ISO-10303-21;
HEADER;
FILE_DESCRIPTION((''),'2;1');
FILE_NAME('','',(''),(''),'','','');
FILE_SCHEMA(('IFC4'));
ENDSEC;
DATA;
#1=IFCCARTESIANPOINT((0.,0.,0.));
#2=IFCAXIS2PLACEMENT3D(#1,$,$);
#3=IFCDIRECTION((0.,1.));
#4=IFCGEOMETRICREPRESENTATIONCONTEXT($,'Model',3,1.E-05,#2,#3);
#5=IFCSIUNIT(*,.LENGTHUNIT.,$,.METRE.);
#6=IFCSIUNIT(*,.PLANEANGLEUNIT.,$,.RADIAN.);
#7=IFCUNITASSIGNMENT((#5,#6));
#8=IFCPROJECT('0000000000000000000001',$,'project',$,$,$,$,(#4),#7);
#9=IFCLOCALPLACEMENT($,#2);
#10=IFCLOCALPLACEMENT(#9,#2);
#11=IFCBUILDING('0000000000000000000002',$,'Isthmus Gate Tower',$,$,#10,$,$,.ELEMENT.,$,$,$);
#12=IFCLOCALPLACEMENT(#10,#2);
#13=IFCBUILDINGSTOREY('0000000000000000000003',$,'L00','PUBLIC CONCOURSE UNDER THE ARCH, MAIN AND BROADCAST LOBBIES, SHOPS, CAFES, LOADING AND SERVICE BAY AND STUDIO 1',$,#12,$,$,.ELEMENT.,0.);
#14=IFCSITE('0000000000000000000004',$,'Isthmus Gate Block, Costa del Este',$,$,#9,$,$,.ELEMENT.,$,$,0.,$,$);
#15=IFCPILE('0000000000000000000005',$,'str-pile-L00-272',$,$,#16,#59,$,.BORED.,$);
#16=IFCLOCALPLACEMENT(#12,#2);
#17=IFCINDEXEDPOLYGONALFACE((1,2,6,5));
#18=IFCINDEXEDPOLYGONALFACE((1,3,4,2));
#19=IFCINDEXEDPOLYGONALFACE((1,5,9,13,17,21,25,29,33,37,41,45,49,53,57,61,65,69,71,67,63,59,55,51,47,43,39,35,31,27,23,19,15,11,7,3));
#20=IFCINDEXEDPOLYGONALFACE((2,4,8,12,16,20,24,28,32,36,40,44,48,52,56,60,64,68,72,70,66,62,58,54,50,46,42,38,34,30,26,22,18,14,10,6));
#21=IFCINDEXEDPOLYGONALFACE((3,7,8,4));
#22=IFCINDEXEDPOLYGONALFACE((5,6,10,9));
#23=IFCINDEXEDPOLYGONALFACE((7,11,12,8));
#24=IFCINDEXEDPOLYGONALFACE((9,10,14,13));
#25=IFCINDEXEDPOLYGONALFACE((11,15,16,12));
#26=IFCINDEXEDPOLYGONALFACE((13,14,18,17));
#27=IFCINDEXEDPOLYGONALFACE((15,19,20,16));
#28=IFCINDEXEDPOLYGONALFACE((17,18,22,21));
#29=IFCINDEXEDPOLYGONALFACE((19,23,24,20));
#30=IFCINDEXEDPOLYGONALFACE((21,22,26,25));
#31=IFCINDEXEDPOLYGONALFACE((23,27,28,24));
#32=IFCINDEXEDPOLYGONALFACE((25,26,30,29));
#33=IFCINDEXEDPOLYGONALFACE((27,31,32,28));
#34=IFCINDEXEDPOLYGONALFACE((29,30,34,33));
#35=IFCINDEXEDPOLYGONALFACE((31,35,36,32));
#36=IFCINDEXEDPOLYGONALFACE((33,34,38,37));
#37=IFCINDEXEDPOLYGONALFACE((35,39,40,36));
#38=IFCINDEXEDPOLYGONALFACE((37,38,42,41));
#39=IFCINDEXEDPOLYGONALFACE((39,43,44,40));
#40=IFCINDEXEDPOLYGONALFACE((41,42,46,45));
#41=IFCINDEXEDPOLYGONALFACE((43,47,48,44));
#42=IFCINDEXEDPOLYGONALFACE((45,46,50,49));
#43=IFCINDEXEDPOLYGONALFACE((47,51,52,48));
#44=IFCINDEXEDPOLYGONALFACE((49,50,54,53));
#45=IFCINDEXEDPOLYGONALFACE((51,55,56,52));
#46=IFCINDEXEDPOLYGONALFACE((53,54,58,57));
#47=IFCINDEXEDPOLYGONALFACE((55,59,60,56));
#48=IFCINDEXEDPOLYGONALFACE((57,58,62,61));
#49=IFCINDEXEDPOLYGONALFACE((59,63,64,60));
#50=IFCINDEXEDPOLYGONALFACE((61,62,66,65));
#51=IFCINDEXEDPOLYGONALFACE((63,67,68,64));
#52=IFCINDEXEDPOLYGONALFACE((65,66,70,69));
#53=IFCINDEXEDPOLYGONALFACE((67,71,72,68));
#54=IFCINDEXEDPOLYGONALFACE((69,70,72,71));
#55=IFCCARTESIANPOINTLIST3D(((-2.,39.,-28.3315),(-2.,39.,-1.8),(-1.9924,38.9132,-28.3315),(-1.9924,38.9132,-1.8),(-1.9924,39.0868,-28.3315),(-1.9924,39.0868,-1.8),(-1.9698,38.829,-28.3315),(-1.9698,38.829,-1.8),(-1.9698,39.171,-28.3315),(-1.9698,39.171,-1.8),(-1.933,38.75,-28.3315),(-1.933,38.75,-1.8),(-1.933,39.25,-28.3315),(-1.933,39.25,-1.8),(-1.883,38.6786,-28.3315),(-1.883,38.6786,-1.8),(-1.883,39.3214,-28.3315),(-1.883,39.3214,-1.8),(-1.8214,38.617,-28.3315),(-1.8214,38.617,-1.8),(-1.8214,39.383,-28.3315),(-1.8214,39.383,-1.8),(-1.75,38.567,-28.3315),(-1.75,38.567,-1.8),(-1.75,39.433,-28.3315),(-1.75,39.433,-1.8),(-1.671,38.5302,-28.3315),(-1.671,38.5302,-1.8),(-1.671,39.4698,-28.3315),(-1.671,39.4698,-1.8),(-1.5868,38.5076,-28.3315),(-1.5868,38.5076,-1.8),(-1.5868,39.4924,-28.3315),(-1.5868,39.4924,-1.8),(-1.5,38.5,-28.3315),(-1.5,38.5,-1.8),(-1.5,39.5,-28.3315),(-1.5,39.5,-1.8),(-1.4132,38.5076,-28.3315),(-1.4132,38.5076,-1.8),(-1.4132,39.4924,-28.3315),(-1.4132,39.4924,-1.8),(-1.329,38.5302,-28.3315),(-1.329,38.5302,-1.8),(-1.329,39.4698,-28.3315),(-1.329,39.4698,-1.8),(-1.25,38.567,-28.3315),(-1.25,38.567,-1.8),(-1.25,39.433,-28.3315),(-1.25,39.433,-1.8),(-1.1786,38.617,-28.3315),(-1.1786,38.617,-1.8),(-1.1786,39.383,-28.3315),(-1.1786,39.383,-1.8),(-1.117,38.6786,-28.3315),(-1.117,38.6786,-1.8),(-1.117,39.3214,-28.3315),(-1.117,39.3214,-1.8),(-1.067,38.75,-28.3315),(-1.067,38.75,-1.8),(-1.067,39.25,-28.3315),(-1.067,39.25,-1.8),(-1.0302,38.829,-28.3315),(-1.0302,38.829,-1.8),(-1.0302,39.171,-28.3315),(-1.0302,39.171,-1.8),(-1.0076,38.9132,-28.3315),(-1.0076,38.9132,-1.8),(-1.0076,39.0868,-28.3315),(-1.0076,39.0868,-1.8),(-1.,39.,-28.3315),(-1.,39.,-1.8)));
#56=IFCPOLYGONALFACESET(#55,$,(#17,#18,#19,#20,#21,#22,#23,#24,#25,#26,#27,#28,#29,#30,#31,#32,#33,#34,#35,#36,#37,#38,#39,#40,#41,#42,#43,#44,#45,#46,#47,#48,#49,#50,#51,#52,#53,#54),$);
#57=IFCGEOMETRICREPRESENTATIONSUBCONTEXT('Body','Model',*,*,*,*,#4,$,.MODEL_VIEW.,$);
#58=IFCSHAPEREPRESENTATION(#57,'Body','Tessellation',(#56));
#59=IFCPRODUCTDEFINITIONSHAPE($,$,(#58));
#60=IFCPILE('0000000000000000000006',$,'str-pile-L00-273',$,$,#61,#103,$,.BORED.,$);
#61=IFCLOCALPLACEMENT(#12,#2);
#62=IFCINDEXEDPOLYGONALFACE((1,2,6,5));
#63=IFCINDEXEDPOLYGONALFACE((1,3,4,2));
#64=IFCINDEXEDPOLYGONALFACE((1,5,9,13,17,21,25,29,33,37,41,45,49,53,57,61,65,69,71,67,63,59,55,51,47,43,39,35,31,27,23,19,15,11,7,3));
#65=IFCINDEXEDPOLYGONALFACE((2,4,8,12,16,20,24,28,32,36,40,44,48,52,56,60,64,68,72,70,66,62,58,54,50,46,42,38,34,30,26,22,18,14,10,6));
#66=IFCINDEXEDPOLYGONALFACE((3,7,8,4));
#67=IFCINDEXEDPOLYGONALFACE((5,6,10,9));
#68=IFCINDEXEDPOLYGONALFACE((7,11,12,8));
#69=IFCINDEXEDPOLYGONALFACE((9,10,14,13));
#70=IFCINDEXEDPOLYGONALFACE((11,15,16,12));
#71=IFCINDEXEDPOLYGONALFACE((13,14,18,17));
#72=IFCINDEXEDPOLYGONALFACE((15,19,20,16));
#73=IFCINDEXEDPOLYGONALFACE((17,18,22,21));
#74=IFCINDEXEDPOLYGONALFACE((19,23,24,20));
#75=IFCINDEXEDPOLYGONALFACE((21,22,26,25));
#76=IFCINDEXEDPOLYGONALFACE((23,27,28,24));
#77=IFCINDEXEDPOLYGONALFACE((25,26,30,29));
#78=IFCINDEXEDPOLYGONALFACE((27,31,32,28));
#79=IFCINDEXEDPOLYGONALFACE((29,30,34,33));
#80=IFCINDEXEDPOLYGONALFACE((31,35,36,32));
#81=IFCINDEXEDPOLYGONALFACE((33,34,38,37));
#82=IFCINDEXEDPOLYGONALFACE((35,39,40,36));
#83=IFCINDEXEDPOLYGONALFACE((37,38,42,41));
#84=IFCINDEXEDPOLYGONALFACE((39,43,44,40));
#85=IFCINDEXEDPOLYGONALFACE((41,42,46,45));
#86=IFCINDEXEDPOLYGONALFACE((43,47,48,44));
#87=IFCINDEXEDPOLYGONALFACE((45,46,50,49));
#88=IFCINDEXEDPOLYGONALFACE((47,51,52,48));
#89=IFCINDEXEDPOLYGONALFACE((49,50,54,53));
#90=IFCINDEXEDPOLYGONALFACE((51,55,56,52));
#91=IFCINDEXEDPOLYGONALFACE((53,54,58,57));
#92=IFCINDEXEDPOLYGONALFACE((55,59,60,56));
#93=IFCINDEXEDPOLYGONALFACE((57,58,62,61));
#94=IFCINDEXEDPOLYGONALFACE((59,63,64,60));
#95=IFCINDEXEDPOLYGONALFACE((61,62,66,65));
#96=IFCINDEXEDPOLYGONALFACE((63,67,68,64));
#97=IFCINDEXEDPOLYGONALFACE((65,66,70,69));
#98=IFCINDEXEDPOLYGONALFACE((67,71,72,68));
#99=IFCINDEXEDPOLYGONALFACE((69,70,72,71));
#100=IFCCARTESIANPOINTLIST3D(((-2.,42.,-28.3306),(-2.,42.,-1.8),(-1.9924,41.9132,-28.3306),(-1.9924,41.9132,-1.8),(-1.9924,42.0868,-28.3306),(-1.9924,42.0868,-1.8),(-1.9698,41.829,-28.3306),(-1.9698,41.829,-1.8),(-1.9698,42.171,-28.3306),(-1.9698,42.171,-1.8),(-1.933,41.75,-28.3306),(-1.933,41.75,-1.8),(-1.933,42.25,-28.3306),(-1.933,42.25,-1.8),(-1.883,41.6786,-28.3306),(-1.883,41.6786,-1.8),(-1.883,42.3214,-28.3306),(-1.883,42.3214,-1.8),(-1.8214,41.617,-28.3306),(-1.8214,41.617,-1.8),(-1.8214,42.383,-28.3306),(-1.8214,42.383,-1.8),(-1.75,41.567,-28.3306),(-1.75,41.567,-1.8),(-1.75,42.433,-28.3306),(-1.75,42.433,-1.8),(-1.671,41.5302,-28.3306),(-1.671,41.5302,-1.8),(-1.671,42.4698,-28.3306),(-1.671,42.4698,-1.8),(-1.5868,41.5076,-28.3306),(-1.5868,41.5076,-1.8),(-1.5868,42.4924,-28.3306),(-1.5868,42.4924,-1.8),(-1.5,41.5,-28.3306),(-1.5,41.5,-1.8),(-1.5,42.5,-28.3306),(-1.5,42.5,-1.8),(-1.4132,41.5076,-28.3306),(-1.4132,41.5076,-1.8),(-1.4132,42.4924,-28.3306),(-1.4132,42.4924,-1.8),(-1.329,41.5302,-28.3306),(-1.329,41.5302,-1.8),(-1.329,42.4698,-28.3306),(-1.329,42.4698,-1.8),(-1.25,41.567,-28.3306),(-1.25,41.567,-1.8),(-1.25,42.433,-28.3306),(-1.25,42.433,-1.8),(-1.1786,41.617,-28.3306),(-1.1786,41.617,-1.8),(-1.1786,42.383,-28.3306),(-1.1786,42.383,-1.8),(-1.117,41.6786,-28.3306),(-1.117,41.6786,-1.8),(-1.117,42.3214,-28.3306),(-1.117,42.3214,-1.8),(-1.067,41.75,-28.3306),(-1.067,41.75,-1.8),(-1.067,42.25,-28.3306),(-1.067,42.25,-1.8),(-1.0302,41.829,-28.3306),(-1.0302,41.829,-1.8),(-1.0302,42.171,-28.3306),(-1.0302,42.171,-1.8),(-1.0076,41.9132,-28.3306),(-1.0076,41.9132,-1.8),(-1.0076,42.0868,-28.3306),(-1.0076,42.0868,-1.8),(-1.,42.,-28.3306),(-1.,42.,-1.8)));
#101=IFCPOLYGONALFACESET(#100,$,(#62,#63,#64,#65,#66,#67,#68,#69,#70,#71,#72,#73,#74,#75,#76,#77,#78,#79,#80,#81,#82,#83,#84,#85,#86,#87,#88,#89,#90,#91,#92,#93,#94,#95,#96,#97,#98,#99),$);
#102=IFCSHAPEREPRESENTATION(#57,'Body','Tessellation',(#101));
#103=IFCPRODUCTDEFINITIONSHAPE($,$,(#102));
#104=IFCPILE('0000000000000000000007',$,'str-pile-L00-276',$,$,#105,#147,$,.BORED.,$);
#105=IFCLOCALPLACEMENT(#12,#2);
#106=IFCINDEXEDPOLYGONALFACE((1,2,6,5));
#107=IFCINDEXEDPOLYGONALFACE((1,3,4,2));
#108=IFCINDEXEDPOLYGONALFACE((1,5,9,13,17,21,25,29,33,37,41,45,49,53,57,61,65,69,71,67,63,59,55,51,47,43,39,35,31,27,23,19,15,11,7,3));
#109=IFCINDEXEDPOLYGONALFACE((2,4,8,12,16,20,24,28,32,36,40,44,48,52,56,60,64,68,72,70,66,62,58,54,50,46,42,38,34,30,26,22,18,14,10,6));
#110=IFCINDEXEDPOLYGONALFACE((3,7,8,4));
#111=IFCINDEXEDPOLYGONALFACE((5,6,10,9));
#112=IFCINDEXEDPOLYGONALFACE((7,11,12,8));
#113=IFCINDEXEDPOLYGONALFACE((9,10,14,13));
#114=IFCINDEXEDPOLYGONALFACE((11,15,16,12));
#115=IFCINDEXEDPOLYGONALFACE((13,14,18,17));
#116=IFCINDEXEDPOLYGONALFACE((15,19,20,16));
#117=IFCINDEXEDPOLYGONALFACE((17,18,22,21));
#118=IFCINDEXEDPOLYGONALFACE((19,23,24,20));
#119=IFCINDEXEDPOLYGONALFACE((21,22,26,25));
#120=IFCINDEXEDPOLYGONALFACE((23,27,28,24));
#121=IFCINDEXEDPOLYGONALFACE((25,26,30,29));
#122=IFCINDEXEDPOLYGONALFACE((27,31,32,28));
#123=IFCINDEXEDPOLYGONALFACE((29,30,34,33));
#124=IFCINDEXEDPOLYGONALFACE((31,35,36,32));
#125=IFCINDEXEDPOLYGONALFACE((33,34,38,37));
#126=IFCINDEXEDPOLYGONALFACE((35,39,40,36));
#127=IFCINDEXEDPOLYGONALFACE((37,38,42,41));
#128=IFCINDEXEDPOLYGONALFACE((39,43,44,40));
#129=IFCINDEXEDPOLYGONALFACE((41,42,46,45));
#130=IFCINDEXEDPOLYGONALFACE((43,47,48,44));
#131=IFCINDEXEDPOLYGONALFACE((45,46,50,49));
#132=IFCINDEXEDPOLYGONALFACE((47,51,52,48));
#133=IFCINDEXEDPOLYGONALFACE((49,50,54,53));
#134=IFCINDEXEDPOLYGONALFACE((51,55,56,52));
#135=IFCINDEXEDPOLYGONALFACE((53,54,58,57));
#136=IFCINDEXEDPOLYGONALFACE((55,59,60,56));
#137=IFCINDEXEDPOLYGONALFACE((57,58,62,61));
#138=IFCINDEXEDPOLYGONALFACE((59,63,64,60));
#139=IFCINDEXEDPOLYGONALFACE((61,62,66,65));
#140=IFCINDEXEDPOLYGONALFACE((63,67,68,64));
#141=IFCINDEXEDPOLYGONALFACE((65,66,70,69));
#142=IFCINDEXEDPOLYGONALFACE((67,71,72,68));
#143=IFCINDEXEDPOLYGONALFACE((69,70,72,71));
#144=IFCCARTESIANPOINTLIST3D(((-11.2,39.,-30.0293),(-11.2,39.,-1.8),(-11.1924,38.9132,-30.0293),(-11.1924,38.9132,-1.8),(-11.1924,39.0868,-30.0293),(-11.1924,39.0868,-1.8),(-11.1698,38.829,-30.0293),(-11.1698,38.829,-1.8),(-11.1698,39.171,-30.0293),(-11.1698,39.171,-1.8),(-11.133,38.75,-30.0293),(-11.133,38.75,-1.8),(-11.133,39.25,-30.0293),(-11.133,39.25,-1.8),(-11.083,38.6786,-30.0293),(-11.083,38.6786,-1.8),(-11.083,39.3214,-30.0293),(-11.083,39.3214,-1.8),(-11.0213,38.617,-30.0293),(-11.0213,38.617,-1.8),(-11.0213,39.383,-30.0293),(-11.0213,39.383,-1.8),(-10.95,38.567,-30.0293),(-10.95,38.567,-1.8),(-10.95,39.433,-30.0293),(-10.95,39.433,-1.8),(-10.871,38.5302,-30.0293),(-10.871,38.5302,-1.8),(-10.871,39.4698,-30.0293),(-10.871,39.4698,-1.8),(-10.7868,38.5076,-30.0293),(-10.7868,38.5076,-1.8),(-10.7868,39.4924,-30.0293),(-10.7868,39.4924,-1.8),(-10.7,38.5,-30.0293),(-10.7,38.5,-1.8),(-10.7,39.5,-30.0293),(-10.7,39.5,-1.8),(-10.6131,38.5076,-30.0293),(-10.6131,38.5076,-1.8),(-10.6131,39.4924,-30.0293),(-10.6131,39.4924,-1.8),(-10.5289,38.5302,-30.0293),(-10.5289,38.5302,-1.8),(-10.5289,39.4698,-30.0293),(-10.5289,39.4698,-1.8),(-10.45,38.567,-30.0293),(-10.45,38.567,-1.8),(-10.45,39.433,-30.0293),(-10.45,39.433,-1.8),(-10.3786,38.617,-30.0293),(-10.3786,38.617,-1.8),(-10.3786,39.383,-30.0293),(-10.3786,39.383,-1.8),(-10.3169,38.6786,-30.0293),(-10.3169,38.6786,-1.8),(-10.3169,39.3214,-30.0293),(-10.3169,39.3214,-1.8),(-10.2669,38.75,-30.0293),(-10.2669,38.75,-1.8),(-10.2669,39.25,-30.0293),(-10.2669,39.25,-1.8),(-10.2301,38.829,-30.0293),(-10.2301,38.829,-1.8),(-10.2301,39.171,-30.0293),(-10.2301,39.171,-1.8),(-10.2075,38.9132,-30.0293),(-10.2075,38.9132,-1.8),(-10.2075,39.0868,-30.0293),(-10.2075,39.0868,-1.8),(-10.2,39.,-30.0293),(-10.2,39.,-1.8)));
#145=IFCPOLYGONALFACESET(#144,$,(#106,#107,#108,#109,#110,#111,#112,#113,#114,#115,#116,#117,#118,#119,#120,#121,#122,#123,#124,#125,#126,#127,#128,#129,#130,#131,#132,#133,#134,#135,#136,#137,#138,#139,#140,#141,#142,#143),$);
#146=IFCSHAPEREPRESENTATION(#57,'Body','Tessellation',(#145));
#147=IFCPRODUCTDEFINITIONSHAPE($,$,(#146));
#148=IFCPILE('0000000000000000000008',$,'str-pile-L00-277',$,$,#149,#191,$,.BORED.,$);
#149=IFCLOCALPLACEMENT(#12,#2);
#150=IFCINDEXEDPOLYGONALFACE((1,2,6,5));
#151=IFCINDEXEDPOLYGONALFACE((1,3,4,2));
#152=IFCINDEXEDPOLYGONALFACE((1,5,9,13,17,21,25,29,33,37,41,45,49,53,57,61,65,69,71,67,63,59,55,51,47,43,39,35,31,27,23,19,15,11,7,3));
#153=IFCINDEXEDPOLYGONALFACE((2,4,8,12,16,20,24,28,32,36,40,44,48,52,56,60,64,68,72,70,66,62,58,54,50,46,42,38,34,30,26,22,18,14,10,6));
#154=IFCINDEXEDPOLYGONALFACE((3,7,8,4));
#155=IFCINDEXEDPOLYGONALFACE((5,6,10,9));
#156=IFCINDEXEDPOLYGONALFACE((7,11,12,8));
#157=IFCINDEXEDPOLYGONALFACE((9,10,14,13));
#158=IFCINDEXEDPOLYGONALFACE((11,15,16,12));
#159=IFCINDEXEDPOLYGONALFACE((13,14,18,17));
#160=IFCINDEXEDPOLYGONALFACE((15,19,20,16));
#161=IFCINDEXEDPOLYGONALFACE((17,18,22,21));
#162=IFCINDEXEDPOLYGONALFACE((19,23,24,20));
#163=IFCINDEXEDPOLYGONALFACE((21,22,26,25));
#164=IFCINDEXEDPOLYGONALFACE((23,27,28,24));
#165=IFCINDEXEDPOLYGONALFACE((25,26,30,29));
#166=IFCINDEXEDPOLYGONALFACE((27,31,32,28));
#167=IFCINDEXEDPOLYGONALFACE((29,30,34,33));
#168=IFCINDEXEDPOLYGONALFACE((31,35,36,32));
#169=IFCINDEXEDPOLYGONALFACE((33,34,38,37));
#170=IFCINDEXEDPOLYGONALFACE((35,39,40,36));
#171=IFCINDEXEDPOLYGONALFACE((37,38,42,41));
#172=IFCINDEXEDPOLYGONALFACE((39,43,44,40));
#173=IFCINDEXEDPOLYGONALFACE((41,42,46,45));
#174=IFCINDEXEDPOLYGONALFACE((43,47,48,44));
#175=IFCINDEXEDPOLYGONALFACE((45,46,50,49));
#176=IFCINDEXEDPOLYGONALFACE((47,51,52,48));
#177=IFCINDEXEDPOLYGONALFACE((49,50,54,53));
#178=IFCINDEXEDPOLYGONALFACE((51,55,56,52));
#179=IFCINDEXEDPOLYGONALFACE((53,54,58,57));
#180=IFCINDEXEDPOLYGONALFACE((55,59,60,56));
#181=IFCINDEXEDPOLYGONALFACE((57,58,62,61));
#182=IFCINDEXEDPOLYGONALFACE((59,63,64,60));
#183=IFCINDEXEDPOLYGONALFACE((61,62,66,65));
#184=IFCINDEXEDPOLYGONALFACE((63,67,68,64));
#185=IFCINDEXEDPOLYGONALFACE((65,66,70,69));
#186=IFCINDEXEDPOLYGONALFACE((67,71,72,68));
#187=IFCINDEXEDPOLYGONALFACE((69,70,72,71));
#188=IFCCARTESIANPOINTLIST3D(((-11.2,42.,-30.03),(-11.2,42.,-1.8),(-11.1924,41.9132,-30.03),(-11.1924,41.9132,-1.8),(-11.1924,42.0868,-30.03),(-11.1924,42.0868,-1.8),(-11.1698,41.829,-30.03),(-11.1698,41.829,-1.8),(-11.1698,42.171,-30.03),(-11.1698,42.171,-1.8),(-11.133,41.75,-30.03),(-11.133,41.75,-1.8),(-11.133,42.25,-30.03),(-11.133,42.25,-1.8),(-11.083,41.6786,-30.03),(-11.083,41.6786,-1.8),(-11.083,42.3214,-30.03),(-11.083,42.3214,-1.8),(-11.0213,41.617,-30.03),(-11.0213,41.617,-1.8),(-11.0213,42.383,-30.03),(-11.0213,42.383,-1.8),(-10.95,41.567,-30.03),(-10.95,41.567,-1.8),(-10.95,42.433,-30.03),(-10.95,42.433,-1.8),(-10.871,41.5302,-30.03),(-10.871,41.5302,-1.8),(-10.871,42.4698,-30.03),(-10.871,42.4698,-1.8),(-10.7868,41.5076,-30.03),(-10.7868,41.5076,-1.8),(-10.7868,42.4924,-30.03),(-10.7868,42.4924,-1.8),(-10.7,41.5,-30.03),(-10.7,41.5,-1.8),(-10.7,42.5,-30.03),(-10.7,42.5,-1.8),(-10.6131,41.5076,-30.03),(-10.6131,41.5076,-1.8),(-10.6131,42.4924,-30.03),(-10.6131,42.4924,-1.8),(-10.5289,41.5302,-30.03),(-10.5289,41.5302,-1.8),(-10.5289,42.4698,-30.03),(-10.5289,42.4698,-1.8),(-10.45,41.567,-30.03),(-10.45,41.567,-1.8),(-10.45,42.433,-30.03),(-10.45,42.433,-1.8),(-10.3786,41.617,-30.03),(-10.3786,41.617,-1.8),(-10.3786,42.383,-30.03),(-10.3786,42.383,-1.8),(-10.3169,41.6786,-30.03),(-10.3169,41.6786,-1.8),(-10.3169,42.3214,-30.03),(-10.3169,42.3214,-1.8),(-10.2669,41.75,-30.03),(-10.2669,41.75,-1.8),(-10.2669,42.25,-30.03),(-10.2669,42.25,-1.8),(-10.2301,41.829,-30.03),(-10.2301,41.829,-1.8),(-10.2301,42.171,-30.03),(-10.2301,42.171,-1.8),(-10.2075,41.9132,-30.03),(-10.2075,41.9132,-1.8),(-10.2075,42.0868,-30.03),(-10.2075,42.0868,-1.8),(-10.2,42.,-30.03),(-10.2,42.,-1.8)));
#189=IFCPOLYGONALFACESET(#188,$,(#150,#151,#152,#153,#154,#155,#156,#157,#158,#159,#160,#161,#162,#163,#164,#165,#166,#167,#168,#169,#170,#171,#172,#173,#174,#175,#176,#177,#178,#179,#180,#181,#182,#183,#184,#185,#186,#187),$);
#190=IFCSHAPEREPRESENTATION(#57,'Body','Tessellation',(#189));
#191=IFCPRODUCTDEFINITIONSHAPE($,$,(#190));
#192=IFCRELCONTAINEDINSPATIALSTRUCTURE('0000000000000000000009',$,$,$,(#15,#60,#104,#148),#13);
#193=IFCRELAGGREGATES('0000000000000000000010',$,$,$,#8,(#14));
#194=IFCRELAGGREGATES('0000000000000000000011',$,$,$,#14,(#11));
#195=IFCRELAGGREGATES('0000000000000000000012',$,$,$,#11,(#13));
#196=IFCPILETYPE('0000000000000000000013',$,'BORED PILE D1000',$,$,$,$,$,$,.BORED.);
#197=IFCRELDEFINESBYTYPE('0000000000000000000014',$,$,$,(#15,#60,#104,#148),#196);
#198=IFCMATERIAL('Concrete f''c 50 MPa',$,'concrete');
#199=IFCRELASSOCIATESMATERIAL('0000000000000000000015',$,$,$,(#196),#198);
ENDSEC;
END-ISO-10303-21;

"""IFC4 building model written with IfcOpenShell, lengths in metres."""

from ifc_helpers import new_model, si_unit, direction, frame, origin, origin_2d, place, context, subcontext, project, spatial, circle, extrude, material, material_profile, profile_set, type_object, element, save


model = new_model("IFC4")

# Units and contexts
model_context = context("Model", 3, precision=1e-05, world=origin(), true_north=direction((0.0, 1.0)))
body_context = subcontext(model_context, "Body", "Model", "MODEL_VIEW")
ifc_project = project(units=[si_unit("LENGTHUNIT", "METRE"), si_unit("PLANEANGLEUNIT", "RADIAN")], contexts=[model_context])

# Site, building, storey
site_placement = place(None, origin())
site = spatial("IfcSite", under=ifc_project, at=site_placement, Name="Isthmus Gate Block, Costa del Este", CompositionType="ELEMENT", RefElevation=0.0)
building_placement = place(site_placement, origin())
building = spatial("IfcBuilding", under=site, at=building_placement, Name="Isthmus Gate Tower", CompositionType="ELEMENT")
storey_placement = place(building_placement, origin())
storey = spatial("IfcBuildingStorey", under=building, at=storey_placement, Name="L00", Description="PUBLIC CONCOURSE UNDER THE ARCH, MAIN AND BROADCAST LOBBIES, SHOPS, CAFES, LOADING AND SERVICE BAY AND STUDIO 1", CompositionType="ELEMENT", Elevation=0.0)

# Piles
ifc_material_1 = material(Name="Concrete f'c 50 MPa", Category="concrete")
ifc_material_profile_1 = material_profile(ifc_material_1, circle(Radius=0.5, at=origin_2d()), Name="D1000")
ifc_profile_set_1 = profile_set([ifc_material_profile_1], Name="Concrete f'c 50 MPa")
pile_type_1 = type_object("IfcPileType", Name="BORED PILE D1000", PredefinedType="BORED", material=ifc_profile_set_1)
pile_1_placement = place(storey_placement, frame((-1.5, 39.0, -1.8), z_axis=(0.0, 0.0, -1.0), x_axis=(1.0, 0.0, 0.0)))
element("IfcPile", 1, at=pile_1_placement, inside=storey, type_object=pile_type_1, Name="str-pile-L00-272", PredefinedType="BORED", context=body_context, shape_type="SweptSolid", body=[
    extrude(circle(Radius=0.5, at=origin_2d()), origin(), (0.0, 0.0, 1.0), 26.5315),
])
pile_2_placement = place(storey_placement, frame((-1.5, 42.0, -1.8), z_axis=(0.0, 0.0, -1.0), x_axis=(1.0, 0.0, 0.0)))
element("IfcPile", 2, at=pile_2_placement, inside=storey, type_object=pile_type_1, Name="str-pile-L00-273", PredefinedType="BORED", context=body_context, shape_type="SweptSolid", body=[
    extrude(circle(Radius=0.5, at=origin_2d()), origin(), (0.0, 0.0, 1.0), 26.5305),
])
pile_3_placement = place(storey_placement, frame((-10.7, 39.0, -1.8), z_axis=(0.0, 0.0, -1.0), x_axis=(1.0, 0.0, 0.0)))
element("IfcPile", 3, at=pile_3_placement, inside=storey, type_object=pile_type_1, Name="str-pile-L00-276", PredefinedType="BORED", context=body_context, shape_type="SweptSolid", body=[
    extrude(circle(Radius=0.5, at=origin_2d()), origin(), (0.0, 0.0, 1.0), 28.2292),
])
pile_4_placement = place(storey_placement, frame((-10.7, 42.0, -1.8), z_axis=(0.0, 0.0, -1.0), x_axis=(1.0, 0.0, 0.0)))
element("IfcPile", 4, at=pile_4_placement, inside=storey, type_object=pile_type_1, Name="str-pile-L00-277", PredefinedType="BORED", context=body_context, shape_type="SweptSolid", body=[
    extrude(circle(Radius=0.5, at=origin_2d()), origin(), (0.0, 0.0, 1.0), 28.23),
])

save(model, "model.ifc")
